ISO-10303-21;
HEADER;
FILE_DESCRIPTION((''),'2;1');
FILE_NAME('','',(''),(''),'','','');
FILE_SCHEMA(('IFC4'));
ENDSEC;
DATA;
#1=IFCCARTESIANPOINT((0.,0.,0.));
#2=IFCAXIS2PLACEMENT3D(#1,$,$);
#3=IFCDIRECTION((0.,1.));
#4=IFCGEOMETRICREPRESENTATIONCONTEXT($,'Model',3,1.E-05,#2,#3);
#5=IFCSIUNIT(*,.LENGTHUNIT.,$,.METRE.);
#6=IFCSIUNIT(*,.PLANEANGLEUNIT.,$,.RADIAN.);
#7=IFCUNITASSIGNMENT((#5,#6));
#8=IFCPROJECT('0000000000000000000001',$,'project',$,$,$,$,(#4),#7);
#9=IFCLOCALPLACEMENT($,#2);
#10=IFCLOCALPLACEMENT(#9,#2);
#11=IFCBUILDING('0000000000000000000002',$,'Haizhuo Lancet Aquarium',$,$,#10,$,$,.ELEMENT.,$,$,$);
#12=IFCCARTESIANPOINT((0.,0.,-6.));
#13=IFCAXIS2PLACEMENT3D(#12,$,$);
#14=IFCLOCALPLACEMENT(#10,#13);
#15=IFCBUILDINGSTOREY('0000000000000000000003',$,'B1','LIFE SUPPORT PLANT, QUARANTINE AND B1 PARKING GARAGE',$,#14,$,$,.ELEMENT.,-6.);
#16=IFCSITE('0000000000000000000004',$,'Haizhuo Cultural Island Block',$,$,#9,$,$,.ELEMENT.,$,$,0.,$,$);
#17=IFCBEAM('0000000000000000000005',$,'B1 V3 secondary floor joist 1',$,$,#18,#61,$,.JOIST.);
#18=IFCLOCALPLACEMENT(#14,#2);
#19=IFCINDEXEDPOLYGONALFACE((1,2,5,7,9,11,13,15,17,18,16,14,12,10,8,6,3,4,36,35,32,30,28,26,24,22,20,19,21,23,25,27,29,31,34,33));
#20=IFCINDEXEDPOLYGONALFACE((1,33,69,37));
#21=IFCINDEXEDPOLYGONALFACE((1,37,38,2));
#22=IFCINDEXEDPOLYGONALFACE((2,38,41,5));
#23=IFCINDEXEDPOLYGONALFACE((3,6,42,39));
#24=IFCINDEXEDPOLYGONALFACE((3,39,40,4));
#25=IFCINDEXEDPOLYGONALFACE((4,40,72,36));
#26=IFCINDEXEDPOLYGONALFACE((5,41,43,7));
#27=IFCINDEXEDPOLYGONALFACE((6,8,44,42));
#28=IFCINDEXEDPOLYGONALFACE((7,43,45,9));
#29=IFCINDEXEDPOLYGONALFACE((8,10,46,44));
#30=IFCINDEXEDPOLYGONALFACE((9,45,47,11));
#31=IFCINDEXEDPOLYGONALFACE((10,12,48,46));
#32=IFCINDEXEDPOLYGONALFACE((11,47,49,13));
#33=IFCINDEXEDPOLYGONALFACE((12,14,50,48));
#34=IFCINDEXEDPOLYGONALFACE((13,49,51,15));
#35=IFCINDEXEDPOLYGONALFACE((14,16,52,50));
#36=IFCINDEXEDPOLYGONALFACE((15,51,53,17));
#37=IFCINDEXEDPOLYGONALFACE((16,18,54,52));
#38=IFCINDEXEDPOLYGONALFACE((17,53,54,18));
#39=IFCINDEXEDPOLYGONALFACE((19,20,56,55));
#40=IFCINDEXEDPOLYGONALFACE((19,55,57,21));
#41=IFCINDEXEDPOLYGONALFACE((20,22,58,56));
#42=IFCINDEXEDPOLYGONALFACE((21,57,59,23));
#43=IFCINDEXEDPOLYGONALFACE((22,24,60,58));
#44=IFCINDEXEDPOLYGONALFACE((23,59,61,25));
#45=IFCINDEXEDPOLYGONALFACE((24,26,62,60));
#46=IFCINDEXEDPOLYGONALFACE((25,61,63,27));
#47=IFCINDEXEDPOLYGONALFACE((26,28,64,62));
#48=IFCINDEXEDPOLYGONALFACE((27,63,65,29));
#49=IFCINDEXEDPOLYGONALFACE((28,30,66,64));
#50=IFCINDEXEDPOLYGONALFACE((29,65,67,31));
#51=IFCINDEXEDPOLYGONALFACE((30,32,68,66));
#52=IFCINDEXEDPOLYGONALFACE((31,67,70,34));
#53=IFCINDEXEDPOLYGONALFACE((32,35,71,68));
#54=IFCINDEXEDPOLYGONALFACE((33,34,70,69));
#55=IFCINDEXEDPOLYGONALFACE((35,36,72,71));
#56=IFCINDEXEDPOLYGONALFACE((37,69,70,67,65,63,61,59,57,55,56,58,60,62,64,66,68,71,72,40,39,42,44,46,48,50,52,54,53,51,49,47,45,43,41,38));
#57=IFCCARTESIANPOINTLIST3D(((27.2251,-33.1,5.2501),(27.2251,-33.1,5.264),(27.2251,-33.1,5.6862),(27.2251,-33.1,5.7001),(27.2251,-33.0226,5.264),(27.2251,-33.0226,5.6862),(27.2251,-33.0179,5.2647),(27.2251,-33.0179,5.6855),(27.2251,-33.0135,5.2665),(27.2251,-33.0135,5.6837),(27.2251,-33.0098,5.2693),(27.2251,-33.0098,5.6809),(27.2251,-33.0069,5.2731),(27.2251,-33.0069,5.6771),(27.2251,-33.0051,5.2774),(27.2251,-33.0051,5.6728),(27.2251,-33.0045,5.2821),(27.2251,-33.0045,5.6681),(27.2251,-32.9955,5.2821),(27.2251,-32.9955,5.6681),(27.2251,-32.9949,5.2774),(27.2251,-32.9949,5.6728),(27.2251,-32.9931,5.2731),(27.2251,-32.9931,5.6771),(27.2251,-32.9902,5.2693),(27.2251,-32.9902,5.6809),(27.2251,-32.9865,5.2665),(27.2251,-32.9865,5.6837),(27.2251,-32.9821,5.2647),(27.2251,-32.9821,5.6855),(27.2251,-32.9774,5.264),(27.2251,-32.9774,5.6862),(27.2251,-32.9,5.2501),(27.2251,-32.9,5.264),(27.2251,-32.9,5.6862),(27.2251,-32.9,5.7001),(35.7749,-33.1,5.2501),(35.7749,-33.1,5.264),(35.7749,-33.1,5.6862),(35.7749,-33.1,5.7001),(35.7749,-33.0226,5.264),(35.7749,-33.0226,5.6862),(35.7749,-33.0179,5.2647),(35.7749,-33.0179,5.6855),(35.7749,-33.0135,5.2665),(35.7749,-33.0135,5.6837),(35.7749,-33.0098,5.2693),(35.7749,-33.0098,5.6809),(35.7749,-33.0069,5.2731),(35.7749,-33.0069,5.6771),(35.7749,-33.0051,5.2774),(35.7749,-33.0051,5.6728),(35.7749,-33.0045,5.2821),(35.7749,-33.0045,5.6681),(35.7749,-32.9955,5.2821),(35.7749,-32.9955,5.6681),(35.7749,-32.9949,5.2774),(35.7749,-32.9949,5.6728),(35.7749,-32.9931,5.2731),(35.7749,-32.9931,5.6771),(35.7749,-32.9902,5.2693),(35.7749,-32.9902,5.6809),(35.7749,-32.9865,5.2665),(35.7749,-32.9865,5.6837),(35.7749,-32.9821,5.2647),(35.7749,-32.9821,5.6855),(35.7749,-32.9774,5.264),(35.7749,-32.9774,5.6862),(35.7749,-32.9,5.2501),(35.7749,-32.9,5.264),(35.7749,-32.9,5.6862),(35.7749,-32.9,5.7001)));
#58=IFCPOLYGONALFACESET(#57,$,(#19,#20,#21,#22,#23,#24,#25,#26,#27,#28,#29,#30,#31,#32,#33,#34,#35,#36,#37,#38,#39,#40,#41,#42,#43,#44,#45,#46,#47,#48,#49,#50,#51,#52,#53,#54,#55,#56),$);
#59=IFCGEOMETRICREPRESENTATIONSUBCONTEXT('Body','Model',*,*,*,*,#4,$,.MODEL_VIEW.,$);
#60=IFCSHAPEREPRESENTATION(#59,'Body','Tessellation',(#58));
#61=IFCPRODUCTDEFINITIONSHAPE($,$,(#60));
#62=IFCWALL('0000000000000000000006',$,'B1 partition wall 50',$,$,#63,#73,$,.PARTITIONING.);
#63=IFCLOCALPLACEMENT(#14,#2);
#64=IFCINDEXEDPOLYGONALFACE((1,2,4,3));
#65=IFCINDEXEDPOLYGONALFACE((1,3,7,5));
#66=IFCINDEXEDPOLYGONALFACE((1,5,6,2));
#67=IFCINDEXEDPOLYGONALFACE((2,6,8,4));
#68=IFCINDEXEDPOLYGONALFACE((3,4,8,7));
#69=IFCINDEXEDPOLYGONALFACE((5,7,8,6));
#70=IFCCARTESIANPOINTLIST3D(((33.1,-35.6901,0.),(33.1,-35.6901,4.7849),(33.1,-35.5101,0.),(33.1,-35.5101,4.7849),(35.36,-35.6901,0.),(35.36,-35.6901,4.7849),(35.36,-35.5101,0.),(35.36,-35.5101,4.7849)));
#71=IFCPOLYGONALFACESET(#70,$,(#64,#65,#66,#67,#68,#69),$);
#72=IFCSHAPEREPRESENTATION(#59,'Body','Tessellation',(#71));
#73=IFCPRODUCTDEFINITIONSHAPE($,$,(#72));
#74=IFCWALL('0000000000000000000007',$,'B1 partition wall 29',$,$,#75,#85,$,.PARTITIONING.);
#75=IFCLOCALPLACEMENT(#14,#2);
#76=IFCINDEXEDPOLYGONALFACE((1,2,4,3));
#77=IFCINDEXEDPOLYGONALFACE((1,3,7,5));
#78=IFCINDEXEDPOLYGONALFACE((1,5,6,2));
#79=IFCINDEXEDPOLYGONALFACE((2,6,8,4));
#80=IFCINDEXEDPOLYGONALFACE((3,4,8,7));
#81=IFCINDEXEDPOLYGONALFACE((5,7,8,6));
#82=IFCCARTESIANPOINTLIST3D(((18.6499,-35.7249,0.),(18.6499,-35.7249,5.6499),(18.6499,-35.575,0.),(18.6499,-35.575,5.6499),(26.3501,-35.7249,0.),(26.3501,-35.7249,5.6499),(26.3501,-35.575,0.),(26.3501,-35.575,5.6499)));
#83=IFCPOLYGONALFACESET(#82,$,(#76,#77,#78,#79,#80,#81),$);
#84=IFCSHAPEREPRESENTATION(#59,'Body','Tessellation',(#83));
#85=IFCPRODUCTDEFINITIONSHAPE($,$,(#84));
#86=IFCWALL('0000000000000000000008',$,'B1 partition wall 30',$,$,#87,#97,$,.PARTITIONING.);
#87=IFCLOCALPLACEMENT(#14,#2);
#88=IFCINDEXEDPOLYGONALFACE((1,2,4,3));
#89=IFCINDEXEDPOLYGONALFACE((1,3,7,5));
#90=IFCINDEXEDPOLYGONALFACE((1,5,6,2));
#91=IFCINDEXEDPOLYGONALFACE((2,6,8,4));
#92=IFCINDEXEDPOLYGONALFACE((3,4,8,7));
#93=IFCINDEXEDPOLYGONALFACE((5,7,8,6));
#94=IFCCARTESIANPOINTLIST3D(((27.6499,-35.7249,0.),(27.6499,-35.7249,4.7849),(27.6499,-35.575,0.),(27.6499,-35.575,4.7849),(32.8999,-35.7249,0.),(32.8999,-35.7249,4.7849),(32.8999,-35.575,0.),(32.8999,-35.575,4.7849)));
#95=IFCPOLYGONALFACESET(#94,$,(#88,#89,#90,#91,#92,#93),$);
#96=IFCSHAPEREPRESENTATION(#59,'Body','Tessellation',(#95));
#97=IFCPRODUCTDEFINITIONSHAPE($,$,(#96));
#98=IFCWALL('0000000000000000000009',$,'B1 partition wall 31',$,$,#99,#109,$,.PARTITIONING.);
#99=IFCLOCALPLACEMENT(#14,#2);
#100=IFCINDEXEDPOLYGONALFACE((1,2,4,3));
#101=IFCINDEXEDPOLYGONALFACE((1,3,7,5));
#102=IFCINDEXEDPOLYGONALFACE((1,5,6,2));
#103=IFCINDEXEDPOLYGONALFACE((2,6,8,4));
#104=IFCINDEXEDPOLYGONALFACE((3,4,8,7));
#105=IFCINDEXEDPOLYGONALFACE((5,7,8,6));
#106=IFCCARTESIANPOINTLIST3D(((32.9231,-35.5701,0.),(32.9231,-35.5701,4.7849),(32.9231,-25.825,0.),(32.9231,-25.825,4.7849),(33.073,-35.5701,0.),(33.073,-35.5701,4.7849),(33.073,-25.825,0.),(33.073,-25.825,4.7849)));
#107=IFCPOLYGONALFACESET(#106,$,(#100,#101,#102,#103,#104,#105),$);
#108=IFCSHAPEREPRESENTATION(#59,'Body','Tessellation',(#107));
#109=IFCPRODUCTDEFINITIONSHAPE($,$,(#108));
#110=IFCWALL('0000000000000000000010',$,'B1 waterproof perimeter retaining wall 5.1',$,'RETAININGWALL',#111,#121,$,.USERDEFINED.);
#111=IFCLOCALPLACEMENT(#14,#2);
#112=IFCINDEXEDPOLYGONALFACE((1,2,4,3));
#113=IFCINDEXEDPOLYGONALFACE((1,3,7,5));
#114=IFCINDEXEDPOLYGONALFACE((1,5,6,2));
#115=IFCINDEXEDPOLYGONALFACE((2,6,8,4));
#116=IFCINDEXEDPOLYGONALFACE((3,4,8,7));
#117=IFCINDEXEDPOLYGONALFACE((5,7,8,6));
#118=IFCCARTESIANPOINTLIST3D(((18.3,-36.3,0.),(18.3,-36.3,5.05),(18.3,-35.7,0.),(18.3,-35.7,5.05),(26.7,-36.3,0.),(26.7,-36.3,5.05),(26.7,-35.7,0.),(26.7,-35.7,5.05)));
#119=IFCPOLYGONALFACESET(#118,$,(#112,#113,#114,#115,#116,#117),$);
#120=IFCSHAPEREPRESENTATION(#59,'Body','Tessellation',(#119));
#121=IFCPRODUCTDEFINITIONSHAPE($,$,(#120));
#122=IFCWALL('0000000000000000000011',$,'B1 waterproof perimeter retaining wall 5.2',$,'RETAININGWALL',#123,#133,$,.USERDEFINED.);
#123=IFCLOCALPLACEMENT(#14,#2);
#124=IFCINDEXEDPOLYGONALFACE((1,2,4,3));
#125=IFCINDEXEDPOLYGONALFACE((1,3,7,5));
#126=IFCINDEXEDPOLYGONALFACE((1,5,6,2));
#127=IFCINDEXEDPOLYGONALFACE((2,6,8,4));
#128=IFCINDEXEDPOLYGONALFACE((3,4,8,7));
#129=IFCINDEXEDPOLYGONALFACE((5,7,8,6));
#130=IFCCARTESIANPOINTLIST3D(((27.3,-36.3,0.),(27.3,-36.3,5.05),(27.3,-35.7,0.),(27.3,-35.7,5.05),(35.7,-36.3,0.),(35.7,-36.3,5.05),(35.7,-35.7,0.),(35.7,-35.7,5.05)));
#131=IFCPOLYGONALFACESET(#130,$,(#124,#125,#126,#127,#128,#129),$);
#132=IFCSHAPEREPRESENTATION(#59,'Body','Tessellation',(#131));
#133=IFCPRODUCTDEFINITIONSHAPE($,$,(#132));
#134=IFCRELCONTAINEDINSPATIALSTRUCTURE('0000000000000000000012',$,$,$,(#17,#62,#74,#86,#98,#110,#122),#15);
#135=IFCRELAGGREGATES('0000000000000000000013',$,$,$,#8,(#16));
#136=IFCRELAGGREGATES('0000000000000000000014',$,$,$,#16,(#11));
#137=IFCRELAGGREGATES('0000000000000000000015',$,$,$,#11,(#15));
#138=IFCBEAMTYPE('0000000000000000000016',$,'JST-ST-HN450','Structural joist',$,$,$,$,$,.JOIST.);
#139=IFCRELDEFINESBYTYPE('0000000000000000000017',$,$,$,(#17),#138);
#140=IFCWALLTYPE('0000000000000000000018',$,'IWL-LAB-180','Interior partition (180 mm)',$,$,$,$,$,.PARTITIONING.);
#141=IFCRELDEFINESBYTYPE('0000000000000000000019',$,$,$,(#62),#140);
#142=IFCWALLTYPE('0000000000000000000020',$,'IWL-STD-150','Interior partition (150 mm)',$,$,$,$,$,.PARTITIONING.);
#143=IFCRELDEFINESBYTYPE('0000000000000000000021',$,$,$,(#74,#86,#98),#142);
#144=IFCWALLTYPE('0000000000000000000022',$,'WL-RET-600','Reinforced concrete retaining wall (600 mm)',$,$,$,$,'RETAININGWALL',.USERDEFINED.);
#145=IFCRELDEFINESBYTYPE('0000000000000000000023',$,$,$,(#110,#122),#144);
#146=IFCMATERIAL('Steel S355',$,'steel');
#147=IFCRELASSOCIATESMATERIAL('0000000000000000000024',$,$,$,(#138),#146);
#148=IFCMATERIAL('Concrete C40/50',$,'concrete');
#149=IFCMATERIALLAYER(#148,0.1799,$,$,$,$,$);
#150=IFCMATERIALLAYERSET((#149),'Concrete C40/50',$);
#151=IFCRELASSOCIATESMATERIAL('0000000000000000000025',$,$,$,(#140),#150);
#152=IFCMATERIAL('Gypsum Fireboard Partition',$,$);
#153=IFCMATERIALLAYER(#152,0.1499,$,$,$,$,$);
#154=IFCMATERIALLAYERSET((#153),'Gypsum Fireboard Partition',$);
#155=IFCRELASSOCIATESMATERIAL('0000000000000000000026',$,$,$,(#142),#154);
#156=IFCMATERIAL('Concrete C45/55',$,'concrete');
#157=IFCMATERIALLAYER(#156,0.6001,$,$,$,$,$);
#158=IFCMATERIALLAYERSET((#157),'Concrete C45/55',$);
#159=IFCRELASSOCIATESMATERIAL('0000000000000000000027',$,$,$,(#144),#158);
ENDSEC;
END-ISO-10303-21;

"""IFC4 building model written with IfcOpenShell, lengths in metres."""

from ifc_helpers import new_model, si_unit, direction, frame, frame_2d, origin, origin_2d, place, context, subcontext, project, spatial, rectangle, i_section, extrude, material, layer, layer_set, material_profile, profile_set, type_object, element, save


model = new_model("IFC4")

# Units and contexts
model_context = context("Model", 3, precision=1e-05, world=origin(), true_north=direction((0.0, 1.0)))
body_context = subcontext(model_context, "Body", "Model", "MODEL_VIEW")
ifc_project = project(units=[si_unit("LENGTHUNIT", "METRE"), si_unit("PLANEANGLEUNIT", "RADIAN")], contexts=[model_context])

# Site, building, storey
site_placement = place(None, origin())
site = spatial("IfcSite", under=ifc_project, at=site_placement, Name="Haizhuo Cultural Island Block", CompositionType="ELEMENT", RefElevation=0.0)
building_placement = place(site_placement, origin())
building = spatial("IfcBuilding", under=site, at=building_placement, Name="Haizhuo Lancet Aquarium", CompositionType="ELEMENT")
storey_placement = place(building_placement, frame((0.0, 0.0, -6.0)))
storey = spatial("IfcBuildingStorey", under=building, at=storey_placement, Name="B1", Description="LIFE SUPPORT PLANT, QUARANTINE AND B1 PARKING GARAGE", CompositionType="ELEMENT", Elevation=-6.0)

# Shared definitions
ifc_material_1 = material(Name="Concrete C40/50", Category="concrete")

# Beam
ifc_material_2 = material(Name="Steel S355", Category="steel")
ifc_material_profile_1 = material_profile(ifc_material_2, i_section(OverallWidth=0.2, OverallDepth=0.45, WebThickness=0.009, FlangeThickness=0.0139, FilletRadius=0.0181, at=origin_2d()), Name="HN 450x200x9x14")
ifc_profile_set_1 = profile_set([ifc_material_profile_1], Name="Steel S355")
beam_type_1 = type_object("IfcBeamType", Name="JST-ST-HN450", Description="Structural joist", PredefinedType="JOIST", material=ifc_profile_set_1)
beam_1_placement = place(storey_placement, frame((27.2251, -33.0, 5.4751), z_axis=(1.0, 0.0, 0.0), x_axis=(0.0, 1.0, 0.0)))
element("IfcBeam", 1, at=beam_1_placement, inside=storey, type_object=beam_type_1, Name="B1 V3 secondary floor joist 1", PredefinedType="JOIST", context=body_context, shape_type="SweptSolid", body=[
    extrude(i_section(OverallWidth=0.2, OverallDepth=0.45, WebThickness=0.009, FlangeThickness=0.0139, FilletRadius=0.0181, at=origin_2d()), origin(), (0.0, 0.0, 1.0), 8.5498),
])

# Walls
ifc_layer_1 = layer(ifc_material_1, 0.1799)
ifc_layer_set_1 = layer_set([ifc_layer_1], Name="Concrete C40/50")
wall_type_1 = type_object("IfcWallType", Name="IWL-LAB-180", Description="Interior partition (180 mm)", PredefinedType="PARTITIONING", material=ifc_layer_set_1)
wall_1_placement = place(storey_placement, frame((33.1001, -35.6001, 0.0), z_axis=(0.0, 0.0, 1.0), x_axis=(1.0, 0.0, 0.0)))
element("IfcWall", 2, at=wall_1_placement, inside=storey, type_object=wall_type_1, Name="B1 partition wall 50", PredefinedType="PARTITIONING", context=body_context, shape_type="SweptSolid", body=[
    extrude(rectangle(XDim=2.26, YDim=0.1799, at=frame_2d((1.1299, 0.0))), origin(), (0.0, 0.0, 1.0), 4.7849),
])
ifc_material_3 = material(Name="Gypsum Fireboard Partition")
ifc_layer_2 = layer(ifc_material_3, 0.1499)
ifc_layer_set_2 = layer_set([ifc_layer_2], Name="Gypsum Fireboard Partition")
wall_type_2 = type_object("IfcWallType", Name="IWL-STD-150", Description="Interior partition (150 mm)", PredefinedType="PARTITIONING", material=ifc_layer_set_2)
wall_2_placement = place(storey_placement, frame((18.6499, -35.6499, 0.0), z_axis=(0.0, 0.0, 1.0), x_axis=(1.0, 0.0, 0.0)))
element("IfcWall", 3, at=wall_2_placement, inside=storey, type_object=wall_type_2, Name="B1 partition wall 29", PredefinedType="PARTITIONING", context=body_context, shape_type="SweptSolid", body=[
    extrude(rectangle(XDim=7.7002, YDim=0.1499, at=frame_2d((3.8501, 0.0))), origin(), (0.0, 0.0, 1.0), 5.6499),
])
wall_3_placement = place(storey_placement, frame((27.6499, -35.6499, 0.0), z_axis=(0.0, 0.0, 1.0), x_axis=(1.0, 0.0, 0.0)))
element("IfcWall", 4, at=wall_3_placement, inside=storey, type_object=wall_type_2, Name="B1 partition wall 30", PredefinedType="PARTITIONING", context=body_context, shape_type="SweptSolid", body=[
    extrude(rectangle(XDim=5.25, YDim=0.1499, at=frame_2d((2.625, 0.0))), origin(), (0.0, 0.0, 1.0), 4.7849),
])
wall_4_placement = place(storey_placement, frame((32.998, -35.5701, 0.0), z_axis=(0.0, 0.0, 1.0), x_axis=(0.0, 1.0, 0.0)))
element("IfcWall", 5, at=wall_4_placement, inside=storey, type_object=wall_type_2, Name="B1 partition wall 31", PredefinedType="PARTITIONING", context=body_context, shape_type="SweptSolid", body=[
    extrude(rectangle(XDim=9.7451, YDim=0.1499, at=frame_2d((4.8726, 0.0))), origin(), (0.0, 0.0, 1.0), 4.7849),
])
ifc_material_4 = material(Name="Concrete C45/55", Category="concrete")
ifc_layer_3 = layer(ifc_material_4, 0.6001)
ifc_layer_set_3 = layer_set([ifc_layer_3], Name="Concrete C45/55")
wall_type_3 = type_object("IfcWallType", Name="WL-RET-600", Description="Reinforced concrete retaining wall (600 mm)", ElementType="RETAININGWALL", PredefinedType="USERDEFINED", material=ifc_layer_set_3)
for number, where, z_axis, x_axis, name in (
    (6, (18.3, -36.0, 0.0), (0.0, 0.0, 1.0), (1.0, 0.0, 0.0), "B1 waterproof perimeter retaining wall 5.1"),
    (7, (27.3, -36.0, 0.0), (0.0, 0.0, 1.0), (1.0, 0.0, 0.0), "B1 waterproof perimeter retaining wall 5.2"),
):
    element("IfcWall", number, at=place(storey_placement, frame(where, z_axis=z_axis, x_axis=x_axis)), inside=storey, type_object=wall_type_3, Name=name, ObjectType="RETAININGWALL", PredefinedType="USERDEFINED", context=body_context, shape_type="SweptSolid", body=[
        extrude(rectangle(XDim=8.3999, YDim=0.6001, at=frame_2d((4.2, 0.0))), origin(), (0.0, 0.0, 1.0), 5.05),
    ])

save(model, "model.ifc")
